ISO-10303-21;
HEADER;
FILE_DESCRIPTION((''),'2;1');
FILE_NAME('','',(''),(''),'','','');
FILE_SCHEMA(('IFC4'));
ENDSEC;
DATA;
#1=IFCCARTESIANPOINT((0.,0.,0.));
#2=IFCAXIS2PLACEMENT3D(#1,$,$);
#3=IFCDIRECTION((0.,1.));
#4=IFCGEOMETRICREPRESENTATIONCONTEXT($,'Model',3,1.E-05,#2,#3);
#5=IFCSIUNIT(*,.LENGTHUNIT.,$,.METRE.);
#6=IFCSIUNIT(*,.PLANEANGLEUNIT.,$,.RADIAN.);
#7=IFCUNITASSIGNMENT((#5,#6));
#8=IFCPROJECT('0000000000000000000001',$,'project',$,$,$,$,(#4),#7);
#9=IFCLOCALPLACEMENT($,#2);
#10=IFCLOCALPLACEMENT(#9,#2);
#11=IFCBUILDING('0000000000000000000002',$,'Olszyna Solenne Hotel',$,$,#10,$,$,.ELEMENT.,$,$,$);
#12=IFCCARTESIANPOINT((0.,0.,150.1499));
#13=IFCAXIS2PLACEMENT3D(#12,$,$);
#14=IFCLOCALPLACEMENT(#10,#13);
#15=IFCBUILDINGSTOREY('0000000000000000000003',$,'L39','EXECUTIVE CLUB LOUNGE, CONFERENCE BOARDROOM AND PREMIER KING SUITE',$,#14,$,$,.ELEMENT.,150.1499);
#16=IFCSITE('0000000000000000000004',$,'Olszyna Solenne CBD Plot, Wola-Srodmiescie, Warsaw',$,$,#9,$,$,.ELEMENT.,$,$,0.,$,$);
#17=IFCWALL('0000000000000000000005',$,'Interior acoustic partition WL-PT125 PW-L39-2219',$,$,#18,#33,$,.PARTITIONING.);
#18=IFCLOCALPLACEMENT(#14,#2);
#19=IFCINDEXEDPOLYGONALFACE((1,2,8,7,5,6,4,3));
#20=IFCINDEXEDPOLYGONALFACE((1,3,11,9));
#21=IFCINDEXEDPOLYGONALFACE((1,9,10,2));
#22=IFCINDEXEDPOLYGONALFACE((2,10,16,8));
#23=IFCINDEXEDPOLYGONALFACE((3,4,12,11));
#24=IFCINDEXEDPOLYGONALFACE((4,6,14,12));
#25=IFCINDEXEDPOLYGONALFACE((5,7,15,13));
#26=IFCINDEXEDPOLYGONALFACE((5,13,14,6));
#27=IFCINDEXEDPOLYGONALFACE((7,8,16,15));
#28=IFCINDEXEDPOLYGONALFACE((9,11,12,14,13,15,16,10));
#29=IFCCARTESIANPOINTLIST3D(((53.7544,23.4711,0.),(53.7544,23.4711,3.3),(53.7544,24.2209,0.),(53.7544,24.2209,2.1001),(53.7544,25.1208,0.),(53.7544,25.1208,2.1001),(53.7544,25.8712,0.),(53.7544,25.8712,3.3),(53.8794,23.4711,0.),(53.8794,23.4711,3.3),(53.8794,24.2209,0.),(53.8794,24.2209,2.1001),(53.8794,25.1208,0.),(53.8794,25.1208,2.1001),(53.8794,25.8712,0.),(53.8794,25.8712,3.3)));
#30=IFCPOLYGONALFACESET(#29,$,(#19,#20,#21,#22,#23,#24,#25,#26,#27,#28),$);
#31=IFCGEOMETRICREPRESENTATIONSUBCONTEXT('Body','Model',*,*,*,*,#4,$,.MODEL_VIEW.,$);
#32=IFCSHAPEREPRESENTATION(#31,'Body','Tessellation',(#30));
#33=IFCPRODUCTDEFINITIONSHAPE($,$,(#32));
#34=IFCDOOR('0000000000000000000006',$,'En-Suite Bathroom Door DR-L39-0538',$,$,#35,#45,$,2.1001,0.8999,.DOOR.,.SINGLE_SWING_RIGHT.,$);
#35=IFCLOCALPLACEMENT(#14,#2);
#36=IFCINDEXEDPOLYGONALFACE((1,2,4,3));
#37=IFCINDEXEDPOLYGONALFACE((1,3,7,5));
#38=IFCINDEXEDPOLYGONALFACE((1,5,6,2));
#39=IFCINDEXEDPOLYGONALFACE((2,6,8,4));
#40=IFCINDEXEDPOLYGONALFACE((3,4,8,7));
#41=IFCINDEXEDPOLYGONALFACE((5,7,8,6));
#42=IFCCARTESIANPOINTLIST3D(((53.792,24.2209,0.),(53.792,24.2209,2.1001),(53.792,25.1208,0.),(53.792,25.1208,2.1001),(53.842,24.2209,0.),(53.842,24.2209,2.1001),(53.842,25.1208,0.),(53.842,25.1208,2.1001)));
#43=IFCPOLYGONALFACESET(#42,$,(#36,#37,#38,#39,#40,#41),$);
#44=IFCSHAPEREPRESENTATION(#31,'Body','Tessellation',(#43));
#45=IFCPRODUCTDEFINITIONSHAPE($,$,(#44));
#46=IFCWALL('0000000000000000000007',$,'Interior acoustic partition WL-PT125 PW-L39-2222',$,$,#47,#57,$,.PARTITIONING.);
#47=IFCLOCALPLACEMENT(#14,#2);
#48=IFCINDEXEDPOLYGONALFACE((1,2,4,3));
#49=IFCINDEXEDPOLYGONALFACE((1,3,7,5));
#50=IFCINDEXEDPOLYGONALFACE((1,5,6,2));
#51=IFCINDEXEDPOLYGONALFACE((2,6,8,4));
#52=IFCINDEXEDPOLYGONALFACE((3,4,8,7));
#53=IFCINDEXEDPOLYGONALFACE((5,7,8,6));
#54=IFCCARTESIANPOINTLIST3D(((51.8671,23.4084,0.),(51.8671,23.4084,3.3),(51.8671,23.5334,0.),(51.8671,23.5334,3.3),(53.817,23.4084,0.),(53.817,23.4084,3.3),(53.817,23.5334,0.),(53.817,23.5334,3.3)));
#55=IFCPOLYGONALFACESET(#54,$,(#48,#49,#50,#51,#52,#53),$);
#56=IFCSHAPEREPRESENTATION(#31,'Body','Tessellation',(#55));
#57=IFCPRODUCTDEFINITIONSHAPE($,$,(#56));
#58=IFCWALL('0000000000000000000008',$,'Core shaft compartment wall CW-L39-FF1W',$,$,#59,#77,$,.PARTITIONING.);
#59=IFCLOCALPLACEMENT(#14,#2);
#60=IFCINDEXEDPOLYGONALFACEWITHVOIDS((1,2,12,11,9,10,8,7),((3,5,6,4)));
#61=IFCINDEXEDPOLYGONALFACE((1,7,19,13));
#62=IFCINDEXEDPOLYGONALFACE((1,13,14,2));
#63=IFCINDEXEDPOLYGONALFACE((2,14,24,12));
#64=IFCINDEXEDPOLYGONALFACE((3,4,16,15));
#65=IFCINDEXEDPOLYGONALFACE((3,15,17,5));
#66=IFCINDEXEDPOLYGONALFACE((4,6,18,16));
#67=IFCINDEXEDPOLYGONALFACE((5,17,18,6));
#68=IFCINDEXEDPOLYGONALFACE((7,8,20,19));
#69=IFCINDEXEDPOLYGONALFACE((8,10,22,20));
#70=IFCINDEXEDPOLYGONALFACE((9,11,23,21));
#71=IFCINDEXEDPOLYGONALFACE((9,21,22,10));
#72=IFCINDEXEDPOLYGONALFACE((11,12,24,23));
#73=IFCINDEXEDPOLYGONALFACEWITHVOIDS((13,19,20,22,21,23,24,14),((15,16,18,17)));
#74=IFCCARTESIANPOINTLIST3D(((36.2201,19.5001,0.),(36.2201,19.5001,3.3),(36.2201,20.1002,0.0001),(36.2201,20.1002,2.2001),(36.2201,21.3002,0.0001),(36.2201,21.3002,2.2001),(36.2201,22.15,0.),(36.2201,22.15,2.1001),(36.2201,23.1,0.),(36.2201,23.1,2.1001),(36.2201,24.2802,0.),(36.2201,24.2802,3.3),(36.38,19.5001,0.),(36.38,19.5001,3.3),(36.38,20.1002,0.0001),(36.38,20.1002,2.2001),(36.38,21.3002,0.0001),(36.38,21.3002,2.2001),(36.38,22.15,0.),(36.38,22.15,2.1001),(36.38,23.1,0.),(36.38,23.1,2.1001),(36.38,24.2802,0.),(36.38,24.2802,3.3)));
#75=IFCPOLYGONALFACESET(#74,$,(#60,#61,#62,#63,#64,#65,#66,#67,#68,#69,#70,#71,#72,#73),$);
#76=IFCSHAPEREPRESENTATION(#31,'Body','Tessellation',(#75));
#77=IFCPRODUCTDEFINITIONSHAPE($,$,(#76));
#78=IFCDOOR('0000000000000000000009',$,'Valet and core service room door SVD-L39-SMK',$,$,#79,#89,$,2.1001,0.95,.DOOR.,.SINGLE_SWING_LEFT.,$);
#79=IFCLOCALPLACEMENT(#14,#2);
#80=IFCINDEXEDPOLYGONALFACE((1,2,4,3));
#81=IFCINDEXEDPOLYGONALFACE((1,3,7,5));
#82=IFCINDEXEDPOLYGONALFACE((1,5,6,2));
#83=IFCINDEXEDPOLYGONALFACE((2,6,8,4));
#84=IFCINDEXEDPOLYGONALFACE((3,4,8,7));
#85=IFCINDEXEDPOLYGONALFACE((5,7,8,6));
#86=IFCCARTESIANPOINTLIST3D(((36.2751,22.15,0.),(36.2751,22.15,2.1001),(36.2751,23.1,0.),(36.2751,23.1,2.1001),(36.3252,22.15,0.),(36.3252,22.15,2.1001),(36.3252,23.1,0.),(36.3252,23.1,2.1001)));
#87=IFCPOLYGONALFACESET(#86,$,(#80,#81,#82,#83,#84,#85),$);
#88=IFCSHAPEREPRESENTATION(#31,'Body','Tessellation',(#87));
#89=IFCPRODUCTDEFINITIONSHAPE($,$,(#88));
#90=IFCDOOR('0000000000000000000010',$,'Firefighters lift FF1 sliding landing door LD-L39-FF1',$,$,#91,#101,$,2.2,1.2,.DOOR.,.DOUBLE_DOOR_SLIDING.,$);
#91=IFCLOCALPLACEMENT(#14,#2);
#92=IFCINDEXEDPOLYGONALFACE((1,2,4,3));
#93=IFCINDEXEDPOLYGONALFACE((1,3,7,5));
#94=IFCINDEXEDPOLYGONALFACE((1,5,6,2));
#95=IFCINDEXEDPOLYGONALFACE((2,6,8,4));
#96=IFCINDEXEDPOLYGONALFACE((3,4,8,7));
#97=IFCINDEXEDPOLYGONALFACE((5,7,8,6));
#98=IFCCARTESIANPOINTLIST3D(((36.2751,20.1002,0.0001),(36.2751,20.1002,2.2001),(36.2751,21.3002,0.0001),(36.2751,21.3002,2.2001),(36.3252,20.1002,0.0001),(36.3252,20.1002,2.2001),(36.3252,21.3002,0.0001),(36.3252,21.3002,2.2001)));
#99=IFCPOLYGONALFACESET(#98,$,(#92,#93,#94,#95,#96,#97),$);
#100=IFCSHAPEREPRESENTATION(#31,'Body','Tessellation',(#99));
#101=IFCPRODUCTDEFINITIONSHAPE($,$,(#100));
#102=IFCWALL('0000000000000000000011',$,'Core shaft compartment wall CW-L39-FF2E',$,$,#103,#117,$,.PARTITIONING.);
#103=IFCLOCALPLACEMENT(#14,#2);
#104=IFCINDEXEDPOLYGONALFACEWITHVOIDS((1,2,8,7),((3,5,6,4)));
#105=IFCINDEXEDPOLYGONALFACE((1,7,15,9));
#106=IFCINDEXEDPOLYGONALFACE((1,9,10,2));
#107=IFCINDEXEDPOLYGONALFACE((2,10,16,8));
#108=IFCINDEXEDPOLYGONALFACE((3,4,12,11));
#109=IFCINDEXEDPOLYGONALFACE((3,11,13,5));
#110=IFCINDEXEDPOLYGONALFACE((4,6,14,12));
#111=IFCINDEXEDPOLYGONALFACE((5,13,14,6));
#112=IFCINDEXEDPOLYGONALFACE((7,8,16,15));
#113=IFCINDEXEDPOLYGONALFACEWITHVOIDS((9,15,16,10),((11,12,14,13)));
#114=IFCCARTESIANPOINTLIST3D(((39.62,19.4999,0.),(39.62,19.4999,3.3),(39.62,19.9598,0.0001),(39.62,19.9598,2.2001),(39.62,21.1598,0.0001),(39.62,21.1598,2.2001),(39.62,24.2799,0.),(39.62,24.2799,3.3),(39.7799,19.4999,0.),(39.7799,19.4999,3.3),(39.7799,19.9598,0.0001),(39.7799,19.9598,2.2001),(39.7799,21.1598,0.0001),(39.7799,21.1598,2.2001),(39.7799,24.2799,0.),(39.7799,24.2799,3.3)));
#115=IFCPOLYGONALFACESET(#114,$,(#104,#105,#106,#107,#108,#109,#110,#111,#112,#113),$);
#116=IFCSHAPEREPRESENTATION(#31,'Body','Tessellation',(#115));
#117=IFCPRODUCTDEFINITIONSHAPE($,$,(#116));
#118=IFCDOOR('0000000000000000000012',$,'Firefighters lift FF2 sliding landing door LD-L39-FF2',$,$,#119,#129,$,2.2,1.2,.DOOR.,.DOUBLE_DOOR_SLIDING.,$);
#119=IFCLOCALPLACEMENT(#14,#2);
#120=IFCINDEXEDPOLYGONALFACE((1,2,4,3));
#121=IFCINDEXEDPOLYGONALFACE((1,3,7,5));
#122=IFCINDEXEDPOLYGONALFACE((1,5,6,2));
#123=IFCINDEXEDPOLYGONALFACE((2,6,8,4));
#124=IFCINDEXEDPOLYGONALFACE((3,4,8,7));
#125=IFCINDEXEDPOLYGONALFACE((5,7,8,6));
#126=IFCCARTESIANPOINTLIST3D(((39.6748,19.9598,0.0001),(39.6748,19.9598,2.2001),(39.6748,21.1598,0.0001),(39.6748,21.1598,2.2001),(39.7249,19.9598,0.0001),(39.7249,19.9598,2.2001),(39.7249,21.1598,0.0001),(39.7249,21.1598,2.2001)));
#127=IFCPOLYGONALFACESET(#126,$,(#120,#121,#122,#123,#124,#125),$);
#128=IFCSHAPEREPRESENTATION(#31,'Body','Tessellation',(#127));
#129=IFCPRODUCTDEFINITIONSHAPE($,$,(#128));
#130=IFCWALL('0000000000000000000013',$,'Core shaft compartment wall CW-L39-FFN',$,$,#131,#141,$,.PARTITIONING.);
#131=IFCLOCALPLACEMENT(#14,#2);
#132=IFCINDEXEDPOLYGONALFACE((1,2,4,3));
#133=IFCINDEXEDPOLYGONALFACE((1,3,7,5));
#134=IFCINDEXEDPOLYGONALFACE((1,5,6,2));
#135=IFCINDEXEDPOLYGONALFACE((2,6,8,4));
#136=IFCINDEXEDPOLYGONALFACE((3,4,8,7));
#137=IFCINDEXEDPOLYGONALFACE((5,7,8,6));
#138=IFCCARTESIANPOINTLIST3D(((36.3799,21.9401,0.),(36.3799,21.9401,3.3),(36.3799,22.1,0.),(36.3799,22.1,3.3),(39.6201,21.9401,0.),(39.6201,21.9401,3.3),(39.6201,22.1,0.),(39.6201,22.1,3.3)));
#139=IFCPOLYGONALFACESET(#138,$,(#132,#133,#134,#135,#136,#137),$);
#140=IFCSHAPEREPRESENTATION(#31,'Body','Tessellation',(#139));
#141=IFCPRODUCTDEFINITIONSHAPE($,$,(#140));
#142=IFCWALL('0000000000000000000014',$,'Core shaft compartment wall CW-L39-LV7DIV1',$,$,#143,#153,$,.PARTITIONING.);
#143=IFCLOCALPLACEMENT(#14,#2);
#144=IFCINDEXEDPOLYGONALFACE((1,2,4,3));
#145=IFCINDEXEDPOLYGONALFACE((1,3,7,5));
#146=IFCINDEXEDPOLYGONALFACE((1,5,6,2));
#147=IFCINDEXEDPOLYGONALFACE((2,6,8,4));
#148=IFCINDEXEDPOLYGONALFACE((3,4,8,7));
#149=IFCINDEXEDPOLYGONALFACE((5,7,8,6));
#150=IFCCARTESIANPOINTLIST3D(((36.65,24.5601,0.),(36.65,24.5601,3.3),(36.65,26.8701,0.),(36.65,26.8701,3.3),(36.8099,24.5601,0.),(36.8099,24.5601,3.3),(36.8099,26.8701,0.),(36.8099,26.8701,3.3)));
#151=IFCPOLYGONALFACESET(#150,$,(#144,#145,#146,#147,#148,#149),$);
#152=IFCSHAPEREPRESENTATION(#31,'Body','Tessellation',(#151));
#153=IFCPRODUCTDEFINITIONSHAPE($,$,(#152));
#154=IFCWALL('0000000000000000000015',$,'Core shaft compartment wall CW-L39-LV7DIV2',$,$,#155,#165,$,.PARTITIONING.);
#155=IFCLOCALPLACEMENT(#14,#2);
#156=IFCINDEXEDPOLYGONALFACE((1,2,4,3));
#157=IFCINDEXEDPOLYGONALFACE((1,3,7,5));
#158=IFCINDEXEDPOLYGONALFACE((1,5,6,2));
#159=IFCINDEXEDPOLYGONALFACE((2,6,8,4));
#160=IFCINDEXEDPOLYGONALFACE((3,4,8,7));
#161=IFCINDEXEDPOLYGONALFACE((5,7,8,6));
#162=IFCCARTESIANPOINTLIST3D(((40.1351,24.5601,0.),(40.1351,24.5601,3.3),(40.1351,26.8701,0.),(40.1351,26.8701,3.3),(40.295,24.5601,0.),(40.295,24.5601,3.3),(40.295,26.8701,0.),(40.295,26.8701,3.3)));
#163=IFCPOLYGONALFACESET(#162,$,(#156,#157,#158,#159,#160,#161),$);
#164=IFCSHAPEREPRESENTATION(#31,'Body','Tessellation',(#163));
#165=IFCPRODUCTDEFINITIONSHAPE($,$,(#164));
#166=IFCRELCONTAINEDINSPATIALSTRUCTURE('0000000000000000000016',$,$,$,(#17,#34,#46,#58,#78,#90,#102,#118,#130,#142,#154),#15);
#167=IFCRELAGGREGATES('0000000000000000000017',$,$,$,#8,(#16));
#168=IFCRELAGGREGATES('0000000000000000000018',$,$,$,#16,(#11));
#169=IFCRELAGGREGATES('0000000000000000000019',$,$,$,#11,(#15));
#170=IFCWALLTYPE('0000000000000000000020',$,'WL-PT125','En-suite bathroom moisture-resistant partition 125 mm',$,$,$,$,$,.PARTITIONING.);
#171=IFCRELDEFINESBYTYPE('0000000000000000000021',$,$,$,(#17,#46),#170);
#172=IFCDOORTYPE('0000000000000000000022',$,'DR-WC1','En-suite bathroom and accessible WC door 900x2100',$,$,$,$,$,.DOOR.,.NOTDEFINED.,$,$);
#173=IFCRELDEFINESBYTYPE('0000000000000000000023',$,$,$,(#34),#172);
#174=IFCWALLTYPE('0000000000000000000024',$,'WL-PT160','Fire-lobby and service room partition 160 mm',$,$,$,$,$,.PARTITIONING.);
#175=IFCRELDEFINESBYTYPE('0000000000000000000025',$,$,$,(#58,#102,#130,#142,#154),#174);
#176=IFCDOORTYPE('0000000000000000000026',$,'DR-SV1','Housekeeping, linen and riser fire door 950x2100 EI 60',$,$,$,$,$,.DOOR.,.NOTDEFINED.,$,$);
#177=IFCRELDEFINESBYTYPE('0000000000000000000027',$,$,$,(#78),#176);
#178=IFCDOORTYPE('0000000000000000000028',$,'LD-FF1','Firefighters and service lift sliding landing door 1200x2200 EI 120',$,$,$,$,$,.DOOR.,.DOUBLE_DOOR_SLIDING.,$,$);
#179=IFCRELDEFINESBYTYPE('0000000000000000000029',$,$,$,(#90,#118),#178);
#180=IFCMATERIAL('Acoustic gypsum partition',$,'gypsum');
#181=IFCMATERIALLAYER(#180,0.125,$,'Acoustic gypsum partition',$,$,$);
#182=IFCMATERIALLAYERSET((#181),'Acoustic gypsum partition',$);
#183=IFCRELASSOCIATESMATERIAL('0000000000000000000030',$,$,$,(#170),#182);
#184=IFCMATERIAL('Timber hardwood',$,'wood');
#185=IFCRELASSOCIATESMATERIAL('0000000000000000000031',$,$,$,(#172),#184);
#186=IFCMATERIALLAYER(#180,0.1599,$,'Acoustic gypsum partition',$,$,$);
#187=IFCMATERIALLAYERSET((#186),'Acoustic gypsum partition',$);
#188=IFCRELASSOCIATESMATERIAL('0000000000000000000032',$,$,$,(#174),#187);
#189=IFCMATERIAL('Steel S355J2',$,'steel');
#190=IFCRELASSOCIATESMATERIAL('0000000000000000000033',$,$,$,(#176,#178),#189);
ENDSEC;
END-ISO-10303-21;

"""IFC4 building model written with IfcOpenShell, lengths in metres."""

from ifc_helpers import new_model, si_unit, direction, frame, frame_2d, origin, place, context, subcontext, project, spatial, rectangle, extrude, source, transform, mapped, material, layer, layer_set, type_object, type_shapes, element, fill, save


model = new_model("IFC4")

# Units and contexts
model_context = context("Model", 3, precision=1e-05, world=origin(), true_north=direction((0.0, 1.0)))
body_context = subcontext(model_context, "Body", "Model", "MODEL_VIEW")
ifc_project = project(units=[si_unit("LENGTHUNIT", "METRE"), si_unit("PLANEANGLEUNIT", "RADIAN")], contexts=[model_context])

# Site, building, storey
site_placement = place(None, origin())
site = spatial("IfcSite", under=ifc_project, at=site_placement, Name="Olszyna Solenne CBD Plot, Wola-Srodmiescie, Warsaw", CompositionType="ELEMENT", RefElevation=0.0)
building_placement = place(site_placement, origin())
building = spatial("IfcBuilding", under=site, at=building_placement, Name="Olszyna Solenne Hotel", CompositionType="ELEMENT")
storey_placement = place(building_placement, frame((0.0, 0.0, 150.1499)))
storey = spatial("IfcBuildingStorey", under=building, at=storey_placement, Name="L39", Description="EXECUTIVE CLUB LOUNGE, CONFERENCE BOARDROOM AND PREMIER KING SUITE", CompositionType="ELEMENT", Elevation=150.1499)

# Shared definitions
ifc_material_1 = material(Name="Steel S355J2", Category="steel")

# Shared definitions
ifc_material_2 = material(Name="Acoustic gypsum partition", Category="gypsum")
ifc_layer_1 = layer(ifc_material_2, 0.125, Name="Acoustic gypsum partition")
ifc_layer_set_1 = layer_set([ifc_layer_1], Name="Acoustic gypsum partition")
wall_type_1 = type_object("IfcWallType", Name="WL-PT125", Description="En-suite bathroom moisture-resistant partition 125 mm", PredefinedType="PARTITIONING", material=ifc_layer_set_1)

# Wall, opening, door
ifc_material_3 = material(Name="Timber hardwood", Category="wood")
door_type_1 = type_object("IfcDoorType", Name="DR-WC1", Description="En-suite bathroom and accessible WC door 900x2100", OperationType="NOTDEFINED", PredefinedType="DOOR", material=ifc_material_3)
shared_shape_1 = source(origin(), body_context, "Body", "SweptSolid", [
    extrude(rectangle(XDim=0.8999, YDim=2.1001, at=frame_2d((0.45, 1.05))), frame((0.0, 0.0249, 0.0), z_axis=(0.0, -1.0, 0.0), x_axis=(1.0, 0.0, 0.0)), (0.0, 0.0, 1.0), 0.05),
])
type_shapes(door_type_1, [shared_shape_1])
wall_1_placement = place(storey_placement, frame((53.8169, 23.4709, 0.0), z_axis=(0.0, 0.0, 1.0), x_axis=(0.0, 1.0, 0.0)))
wall_1 = element("IfcWall", 1, at=wall_1_placement, inside=storey, type_object=wall_type_1, Name="Interior acoustic partition WL-PT125 PW-L39-2219", PredefinedType="PARTITIONING", context=body_context, shape_type="SweptSolid", body=[
    extrude(rectangle(XDim=2.4001, YDim=0.125, at=frame_2d((1.2002, 0.0))), origin(), (0.0, 0.0, 1.0), 3.3),
])
opening_1_placement = place(wall_1_placement, frame((0.75, 0.0, 0.0)))
opening_1 = element("IfcOpeningElement", 2, at=opening_1_placement, cuts=wall_1, PredefinedType="OPENING", context=body_context, shape_type="SweptSolid", body=[
    extrude(rectangle(XDim=0.8999, YDim=2.1001, at=frame_2d((0.45, 1.05))), frame((0.0, 0.0725, 0.0), z_axis=(0.0, -1.0, 0.0), x_axis=(1.0, 0.0, 0.0)), (0.0, 0.0, 1.0), 0.145),
])
door_1_placement = place(opening_1_placement, origin())
door_1 = element("IfcDoor", 3, at=door_1_placement, inside=storey, type_object=door_type_1, Name="En-Suite Bathroom Door DR-L39-0538", OperationType="SINGLE_SWING_RIGHT", OverallHeight=2.1001, OverallWidth=0.8999, PredefinedType="DOOR", context=body_context, shape_type="MappedRepresentation", body=[
    mapped(shared_shape_1, transform((0.0, 0.0, 0.0), x_axis=(1.0, 0.0, 0.0), y_axis=(0.0, 1.0, 0.0), z_axis=(0.0, 0.0, 1.0), scale=1.0)),
])
fill(opening_1, door_1)

# Wall
wall_2_placement = place(storey_placement, frame((51.8669, 23.4709, 0.0), z_axis=(0.0, 0.0, 1.0), x_axis=(1.0, 0.0, 0.0)))
element("IfcWall", 4, at=wall_2_placement, inside=storey, type_object=wall_type_1, Name="Interior acoustic partition WL-PT125 PW-L39-2222", PredefinedType="PARTITIONING", context=body_context, shape_type="SweptSolid", body=[
    extrude(rectangle(XDim=1.95, YDim=0.125, at=frame_2d((0.9751, 0.0))), origin(), (0.0, 0.0, 1.0), 3.3),
])

# Wall, openings, doors
ifc_layer_2 = layer(ifc_material_2, 0.1599, Name="Acoustic gypsum partition")
ifc_layer_set_2 = layer_set([ifc_layer_2], Name="Acoustic gypsum partition")
wall_type_2 = type_object("IfcWallType", Name="WL-PT160", Description="Fire-lobby and service room partition 160 mm", PredefinedType="PARTITIONING", material=ifc_layer_set_2)
wall_3_placement = place(storey_placement, frame((36.3, 19.5, 0.0), z_axis=(0.0, 0.0, 1.0), x_axis=(0.0, 1.0, 0.0)))
wall_3 = element("IfcWall", 5, at=wall_3_placement, inside=storey, type_object=wall_type_2, Name="Core shaft compartment wall CW-L39-FF1W", PredefinedType="PARTITIONING", context=body_context, shape_type="SweptSolid", body=[
    extrude(rectangle(XDim=4.78, YDim=0.1599, at=frame_2d((2.3901, 0.0))), origin(), (0.0, 0.0, 1.0), 3.3),
])
opening_2_placement = place(wall_3_placement, frame((0.6001, 0.0, 0.0)))
opening_2 = element("IfcOpeningElement", 6, at=opening_2_placement, cuts=wall_3, PredefinedType="OPENING", context=body_context, shape_type="SweptSolid", body=[
    extrude(rectangle(XDim=1.2, YDim=2.2, at=frame_2d((0.6001, 1.1001))), frame((0.0, 0.0898, 0.0), z_axis=(0.0, -1.0, 0.0), x_axis=(1.0, 0.0, 0.0)), (0.0, 0.0, 1.0), 0.1799),
])
opening_3_placement = place(wall_3_placement, frame((2.6499, 0.0, 0.0)))
opening_3 = element("IfcOpeningElement", 7, at=opening_3_placement, cuts=wall_3, PredefinedType="OPENING", context=body_context, shape_type="SweptSolid", body=[
    extrude(rectangle(XDim=0.95, YDim=2.1001, at=frame_2d((0.4751, 1.05))), frame((0.0, 0.0898, 0.0), z_axis=(0.0, -1.0, 0.0), x_axis=(1.0, 0.0, 0.0)), (0.0, 0.0, 1.0), 0.1799),
])
door_type_2 = type_object("IfcDoorType", Name="DR-SV1", Description="Housekeeping, linen and riser fire door 950x2100 EI 60", OperationType="NOTDEFINED", PredefinedType="DOOR", material=ifc_material_1)
shared_shape_2 = source(origin(), body_context, "Body", "SweptSolid", [
    extrude(rectangle(XDim=0.95, YDim=2.1001, at=frame_2d((0.4751, 1.05))), frame((0.0, 0.0249, 0.0), z_axis=(0.0, -1.0, 0.0), x_axis=(1.0, 0.0, 0.0)), (0.0, 0.0, 1.0), 0.05),
])
type_shapes(door_type_2, [shared_shape_2])
door_2_placement = place(opening_3_placement, origin())
door_2 = element("IfcDoor", 8, at=door_2_placement, inside=storey, type_object=door_type_2, Name="Valet and core service room door SVD-L39-SMK", OperationType="SINGLE_SWING_LEFT", OverallHeight=2.1001, OverallWidth=0.95, PredefinedType="DOOR", context=body_context, shape_type="MappedRepresentation", body=[
    mapped(shared_shape_2, transform((0.0, 0.0, 0.0), x_axis=(1.0, 0.0, 0.0), y_axis=(0.0, 1.0, 0.0), z_axis=(0.0, 0.0, 1.0), scale=1.0)),
])
fill(opening_3, door_2)
door_type_3 = type_object("IfcDoorType", Name="LD-FF1", Description="Firefighters and service lift sliding landing door 1200x2200 EI 120", OperationType="DOUBLE_DOOR_SLIDING", PredefinedType="DOOR", material=ifc_material_1)
shared_shape_3 = source(origin(), body_context, "Body", "SweptSolid", [
    extrude(rectangle(XDim=1.2, YDim=2.2, at=frame_2d((0.6001, 1.1001))), frame((0.0, 0.0249, 0.0), z_axis=(0.0, -1.0, 0.0), x_axis=(1.0, 0.0, 0.0)), (0.0, 0.0, 1.0), 0.05),
])
type_shapes(door_type_3, [shared_shape_3])
door_3_placement = place(opening_2_placement, origin())
door_3 = element("IfcDoor", 9, at=door_3_placement, inside=storey, type_object=door_type_3, Name="Firefighters lift FF1 sliding landing door LD-L39-FF1", OperationType="DOUBLE_DOOR_SLIDING", OverallHeight=2.2, OverallWidth=1.2, PredefinedType="DOOR", context=body_context, shape_type="MappedRepresentation", body=[
    mapped(shared_shape_3, transform((0.0, 0.0, 0.0), x_axis=(1.0, 0.0, 0.0), y_axis=(0.0, 1.0, 0.0), z_axis=(0.0, 0.0, 1.0), scale=1.0)),
])
fill(opening_2, door_3)

# Wall, opening, door
wall_4_placement = place(storey_placement, frame((39.7, 24.28, 0.0), z_axis=(0.0, 0.0, 1.0), x_axis=(0.0, -1.0, 0.0)))
wall_4 = element("IfcWall", 10, at=wall_4_placement, inside=storey, type_object=wall_type_2, Name="Core shaft compartment wall CW-L39-FF2E", PredefinedType="PARTITIONING", context=body_context, shape_type="SweptSolid", body=[
    extrude(rectangle(XDim=4.78, YDim=0.1599, at=frame_2d((2.3901, 0.0))), origin(), (0.0, 0.0, 1.0), 3.3),
])
opening_4_placement = place(wall_4_placement, frame((3.1201, 0.0, 0.0)))
opening_4 = element("IfcOpeningElement", 11, at=opening_4_placement, cuts=wall_4, PredefinedType="OPENING", context=body_context, shape_type="SweptSolid", body=[
    extrude(rectangle(XDim=1.2, YDim=2.2, at=frame_2d((0.6001, 1.1001))), frame((0.0, 0.0898, 0.0), z_axis=(0.0, -1.0, 0.0), x_axis=(1.0, 0.0, 0.0)), (0.0, 0.0, 1.0), 0.1799),
])
door_4_placement = place(opening_4_placement, origin())
door_4 = element("IfcDoor", 12, at=door_4_placement, inside=storey, type_object=door_type_3, Name="Firefighters lift FF2 sliding landing door LD-L39-FF2", OperationType="DOUBLE_DOOR_SLIDING", OverallHeight=2.2, OverallWidth=1.2, PredefinedType="DOOR", context=body_context, shape_type="MappedRepresentation", body=[
    mapped(shared_shape_3, transform((0.0, 0.0, 0.0), x_axis=(1.0, 0.0, 0.0), y_axis=(0.0, 1.0, 0.0), z_axis=(0.0, 0.0, 1.0), scale=1.0)),
])
fill(opening_4, door_4)

# Walls
wall_5_placement = place(storey_placement, frame((36.3799, 22.02, 0.0), z_axis=(0.0, 0.0, 1.0), x_axis=(1.0, 0.0, 0.0)))
element("IfcWall", 13, at=wall_5_placement, inside=storey, type_object=wall_type_2, Name="Core shaft compartment wall CW-L39-FFN", PredefinedType="PARTITIONING", context=body_context, shape_type="SweptSolid", body=[
    extrude(rectangle(XDim=3.2402, YDim=0.1599, at=frame_2d((1.6201, 0.0))), origin(), (0.0, 0.0, 1.0), 3.3),
])
for number, where, z_axis, x_axis, name in (
    (14, (36.73, 24.5601, 0.0), (0.0, 0.0, 1.0), (0.0, 1.0, 0.0), "Core shaft compartment wall CW-L39-LV7DIV1"),
    (15, (40.2151, 24.5601, 0.0), (0.0, 0.0, 1.0), (0.0, 1.0, 0.0), "Core shaft compartment wall CW-L39-LV7DIV2"),
):
    element("IfcWall", number, at=place(storey_placement, frame(where, z_axis=z_axis, x_axis=x_axis)), inside=storey, type_object=wall_type_2, Name=name, PredefinedType="PARTITIONING", context=body_context, shape_type="SweptSolid", body=[
        extrude(rectangle(XDim=2.3101, YDim=0.1599, at=frame_2d((1.155, 0.0))), origin(), (0.0, 0.0, 1.0), 3.3),
    ])

save(model, "model.ifc")
